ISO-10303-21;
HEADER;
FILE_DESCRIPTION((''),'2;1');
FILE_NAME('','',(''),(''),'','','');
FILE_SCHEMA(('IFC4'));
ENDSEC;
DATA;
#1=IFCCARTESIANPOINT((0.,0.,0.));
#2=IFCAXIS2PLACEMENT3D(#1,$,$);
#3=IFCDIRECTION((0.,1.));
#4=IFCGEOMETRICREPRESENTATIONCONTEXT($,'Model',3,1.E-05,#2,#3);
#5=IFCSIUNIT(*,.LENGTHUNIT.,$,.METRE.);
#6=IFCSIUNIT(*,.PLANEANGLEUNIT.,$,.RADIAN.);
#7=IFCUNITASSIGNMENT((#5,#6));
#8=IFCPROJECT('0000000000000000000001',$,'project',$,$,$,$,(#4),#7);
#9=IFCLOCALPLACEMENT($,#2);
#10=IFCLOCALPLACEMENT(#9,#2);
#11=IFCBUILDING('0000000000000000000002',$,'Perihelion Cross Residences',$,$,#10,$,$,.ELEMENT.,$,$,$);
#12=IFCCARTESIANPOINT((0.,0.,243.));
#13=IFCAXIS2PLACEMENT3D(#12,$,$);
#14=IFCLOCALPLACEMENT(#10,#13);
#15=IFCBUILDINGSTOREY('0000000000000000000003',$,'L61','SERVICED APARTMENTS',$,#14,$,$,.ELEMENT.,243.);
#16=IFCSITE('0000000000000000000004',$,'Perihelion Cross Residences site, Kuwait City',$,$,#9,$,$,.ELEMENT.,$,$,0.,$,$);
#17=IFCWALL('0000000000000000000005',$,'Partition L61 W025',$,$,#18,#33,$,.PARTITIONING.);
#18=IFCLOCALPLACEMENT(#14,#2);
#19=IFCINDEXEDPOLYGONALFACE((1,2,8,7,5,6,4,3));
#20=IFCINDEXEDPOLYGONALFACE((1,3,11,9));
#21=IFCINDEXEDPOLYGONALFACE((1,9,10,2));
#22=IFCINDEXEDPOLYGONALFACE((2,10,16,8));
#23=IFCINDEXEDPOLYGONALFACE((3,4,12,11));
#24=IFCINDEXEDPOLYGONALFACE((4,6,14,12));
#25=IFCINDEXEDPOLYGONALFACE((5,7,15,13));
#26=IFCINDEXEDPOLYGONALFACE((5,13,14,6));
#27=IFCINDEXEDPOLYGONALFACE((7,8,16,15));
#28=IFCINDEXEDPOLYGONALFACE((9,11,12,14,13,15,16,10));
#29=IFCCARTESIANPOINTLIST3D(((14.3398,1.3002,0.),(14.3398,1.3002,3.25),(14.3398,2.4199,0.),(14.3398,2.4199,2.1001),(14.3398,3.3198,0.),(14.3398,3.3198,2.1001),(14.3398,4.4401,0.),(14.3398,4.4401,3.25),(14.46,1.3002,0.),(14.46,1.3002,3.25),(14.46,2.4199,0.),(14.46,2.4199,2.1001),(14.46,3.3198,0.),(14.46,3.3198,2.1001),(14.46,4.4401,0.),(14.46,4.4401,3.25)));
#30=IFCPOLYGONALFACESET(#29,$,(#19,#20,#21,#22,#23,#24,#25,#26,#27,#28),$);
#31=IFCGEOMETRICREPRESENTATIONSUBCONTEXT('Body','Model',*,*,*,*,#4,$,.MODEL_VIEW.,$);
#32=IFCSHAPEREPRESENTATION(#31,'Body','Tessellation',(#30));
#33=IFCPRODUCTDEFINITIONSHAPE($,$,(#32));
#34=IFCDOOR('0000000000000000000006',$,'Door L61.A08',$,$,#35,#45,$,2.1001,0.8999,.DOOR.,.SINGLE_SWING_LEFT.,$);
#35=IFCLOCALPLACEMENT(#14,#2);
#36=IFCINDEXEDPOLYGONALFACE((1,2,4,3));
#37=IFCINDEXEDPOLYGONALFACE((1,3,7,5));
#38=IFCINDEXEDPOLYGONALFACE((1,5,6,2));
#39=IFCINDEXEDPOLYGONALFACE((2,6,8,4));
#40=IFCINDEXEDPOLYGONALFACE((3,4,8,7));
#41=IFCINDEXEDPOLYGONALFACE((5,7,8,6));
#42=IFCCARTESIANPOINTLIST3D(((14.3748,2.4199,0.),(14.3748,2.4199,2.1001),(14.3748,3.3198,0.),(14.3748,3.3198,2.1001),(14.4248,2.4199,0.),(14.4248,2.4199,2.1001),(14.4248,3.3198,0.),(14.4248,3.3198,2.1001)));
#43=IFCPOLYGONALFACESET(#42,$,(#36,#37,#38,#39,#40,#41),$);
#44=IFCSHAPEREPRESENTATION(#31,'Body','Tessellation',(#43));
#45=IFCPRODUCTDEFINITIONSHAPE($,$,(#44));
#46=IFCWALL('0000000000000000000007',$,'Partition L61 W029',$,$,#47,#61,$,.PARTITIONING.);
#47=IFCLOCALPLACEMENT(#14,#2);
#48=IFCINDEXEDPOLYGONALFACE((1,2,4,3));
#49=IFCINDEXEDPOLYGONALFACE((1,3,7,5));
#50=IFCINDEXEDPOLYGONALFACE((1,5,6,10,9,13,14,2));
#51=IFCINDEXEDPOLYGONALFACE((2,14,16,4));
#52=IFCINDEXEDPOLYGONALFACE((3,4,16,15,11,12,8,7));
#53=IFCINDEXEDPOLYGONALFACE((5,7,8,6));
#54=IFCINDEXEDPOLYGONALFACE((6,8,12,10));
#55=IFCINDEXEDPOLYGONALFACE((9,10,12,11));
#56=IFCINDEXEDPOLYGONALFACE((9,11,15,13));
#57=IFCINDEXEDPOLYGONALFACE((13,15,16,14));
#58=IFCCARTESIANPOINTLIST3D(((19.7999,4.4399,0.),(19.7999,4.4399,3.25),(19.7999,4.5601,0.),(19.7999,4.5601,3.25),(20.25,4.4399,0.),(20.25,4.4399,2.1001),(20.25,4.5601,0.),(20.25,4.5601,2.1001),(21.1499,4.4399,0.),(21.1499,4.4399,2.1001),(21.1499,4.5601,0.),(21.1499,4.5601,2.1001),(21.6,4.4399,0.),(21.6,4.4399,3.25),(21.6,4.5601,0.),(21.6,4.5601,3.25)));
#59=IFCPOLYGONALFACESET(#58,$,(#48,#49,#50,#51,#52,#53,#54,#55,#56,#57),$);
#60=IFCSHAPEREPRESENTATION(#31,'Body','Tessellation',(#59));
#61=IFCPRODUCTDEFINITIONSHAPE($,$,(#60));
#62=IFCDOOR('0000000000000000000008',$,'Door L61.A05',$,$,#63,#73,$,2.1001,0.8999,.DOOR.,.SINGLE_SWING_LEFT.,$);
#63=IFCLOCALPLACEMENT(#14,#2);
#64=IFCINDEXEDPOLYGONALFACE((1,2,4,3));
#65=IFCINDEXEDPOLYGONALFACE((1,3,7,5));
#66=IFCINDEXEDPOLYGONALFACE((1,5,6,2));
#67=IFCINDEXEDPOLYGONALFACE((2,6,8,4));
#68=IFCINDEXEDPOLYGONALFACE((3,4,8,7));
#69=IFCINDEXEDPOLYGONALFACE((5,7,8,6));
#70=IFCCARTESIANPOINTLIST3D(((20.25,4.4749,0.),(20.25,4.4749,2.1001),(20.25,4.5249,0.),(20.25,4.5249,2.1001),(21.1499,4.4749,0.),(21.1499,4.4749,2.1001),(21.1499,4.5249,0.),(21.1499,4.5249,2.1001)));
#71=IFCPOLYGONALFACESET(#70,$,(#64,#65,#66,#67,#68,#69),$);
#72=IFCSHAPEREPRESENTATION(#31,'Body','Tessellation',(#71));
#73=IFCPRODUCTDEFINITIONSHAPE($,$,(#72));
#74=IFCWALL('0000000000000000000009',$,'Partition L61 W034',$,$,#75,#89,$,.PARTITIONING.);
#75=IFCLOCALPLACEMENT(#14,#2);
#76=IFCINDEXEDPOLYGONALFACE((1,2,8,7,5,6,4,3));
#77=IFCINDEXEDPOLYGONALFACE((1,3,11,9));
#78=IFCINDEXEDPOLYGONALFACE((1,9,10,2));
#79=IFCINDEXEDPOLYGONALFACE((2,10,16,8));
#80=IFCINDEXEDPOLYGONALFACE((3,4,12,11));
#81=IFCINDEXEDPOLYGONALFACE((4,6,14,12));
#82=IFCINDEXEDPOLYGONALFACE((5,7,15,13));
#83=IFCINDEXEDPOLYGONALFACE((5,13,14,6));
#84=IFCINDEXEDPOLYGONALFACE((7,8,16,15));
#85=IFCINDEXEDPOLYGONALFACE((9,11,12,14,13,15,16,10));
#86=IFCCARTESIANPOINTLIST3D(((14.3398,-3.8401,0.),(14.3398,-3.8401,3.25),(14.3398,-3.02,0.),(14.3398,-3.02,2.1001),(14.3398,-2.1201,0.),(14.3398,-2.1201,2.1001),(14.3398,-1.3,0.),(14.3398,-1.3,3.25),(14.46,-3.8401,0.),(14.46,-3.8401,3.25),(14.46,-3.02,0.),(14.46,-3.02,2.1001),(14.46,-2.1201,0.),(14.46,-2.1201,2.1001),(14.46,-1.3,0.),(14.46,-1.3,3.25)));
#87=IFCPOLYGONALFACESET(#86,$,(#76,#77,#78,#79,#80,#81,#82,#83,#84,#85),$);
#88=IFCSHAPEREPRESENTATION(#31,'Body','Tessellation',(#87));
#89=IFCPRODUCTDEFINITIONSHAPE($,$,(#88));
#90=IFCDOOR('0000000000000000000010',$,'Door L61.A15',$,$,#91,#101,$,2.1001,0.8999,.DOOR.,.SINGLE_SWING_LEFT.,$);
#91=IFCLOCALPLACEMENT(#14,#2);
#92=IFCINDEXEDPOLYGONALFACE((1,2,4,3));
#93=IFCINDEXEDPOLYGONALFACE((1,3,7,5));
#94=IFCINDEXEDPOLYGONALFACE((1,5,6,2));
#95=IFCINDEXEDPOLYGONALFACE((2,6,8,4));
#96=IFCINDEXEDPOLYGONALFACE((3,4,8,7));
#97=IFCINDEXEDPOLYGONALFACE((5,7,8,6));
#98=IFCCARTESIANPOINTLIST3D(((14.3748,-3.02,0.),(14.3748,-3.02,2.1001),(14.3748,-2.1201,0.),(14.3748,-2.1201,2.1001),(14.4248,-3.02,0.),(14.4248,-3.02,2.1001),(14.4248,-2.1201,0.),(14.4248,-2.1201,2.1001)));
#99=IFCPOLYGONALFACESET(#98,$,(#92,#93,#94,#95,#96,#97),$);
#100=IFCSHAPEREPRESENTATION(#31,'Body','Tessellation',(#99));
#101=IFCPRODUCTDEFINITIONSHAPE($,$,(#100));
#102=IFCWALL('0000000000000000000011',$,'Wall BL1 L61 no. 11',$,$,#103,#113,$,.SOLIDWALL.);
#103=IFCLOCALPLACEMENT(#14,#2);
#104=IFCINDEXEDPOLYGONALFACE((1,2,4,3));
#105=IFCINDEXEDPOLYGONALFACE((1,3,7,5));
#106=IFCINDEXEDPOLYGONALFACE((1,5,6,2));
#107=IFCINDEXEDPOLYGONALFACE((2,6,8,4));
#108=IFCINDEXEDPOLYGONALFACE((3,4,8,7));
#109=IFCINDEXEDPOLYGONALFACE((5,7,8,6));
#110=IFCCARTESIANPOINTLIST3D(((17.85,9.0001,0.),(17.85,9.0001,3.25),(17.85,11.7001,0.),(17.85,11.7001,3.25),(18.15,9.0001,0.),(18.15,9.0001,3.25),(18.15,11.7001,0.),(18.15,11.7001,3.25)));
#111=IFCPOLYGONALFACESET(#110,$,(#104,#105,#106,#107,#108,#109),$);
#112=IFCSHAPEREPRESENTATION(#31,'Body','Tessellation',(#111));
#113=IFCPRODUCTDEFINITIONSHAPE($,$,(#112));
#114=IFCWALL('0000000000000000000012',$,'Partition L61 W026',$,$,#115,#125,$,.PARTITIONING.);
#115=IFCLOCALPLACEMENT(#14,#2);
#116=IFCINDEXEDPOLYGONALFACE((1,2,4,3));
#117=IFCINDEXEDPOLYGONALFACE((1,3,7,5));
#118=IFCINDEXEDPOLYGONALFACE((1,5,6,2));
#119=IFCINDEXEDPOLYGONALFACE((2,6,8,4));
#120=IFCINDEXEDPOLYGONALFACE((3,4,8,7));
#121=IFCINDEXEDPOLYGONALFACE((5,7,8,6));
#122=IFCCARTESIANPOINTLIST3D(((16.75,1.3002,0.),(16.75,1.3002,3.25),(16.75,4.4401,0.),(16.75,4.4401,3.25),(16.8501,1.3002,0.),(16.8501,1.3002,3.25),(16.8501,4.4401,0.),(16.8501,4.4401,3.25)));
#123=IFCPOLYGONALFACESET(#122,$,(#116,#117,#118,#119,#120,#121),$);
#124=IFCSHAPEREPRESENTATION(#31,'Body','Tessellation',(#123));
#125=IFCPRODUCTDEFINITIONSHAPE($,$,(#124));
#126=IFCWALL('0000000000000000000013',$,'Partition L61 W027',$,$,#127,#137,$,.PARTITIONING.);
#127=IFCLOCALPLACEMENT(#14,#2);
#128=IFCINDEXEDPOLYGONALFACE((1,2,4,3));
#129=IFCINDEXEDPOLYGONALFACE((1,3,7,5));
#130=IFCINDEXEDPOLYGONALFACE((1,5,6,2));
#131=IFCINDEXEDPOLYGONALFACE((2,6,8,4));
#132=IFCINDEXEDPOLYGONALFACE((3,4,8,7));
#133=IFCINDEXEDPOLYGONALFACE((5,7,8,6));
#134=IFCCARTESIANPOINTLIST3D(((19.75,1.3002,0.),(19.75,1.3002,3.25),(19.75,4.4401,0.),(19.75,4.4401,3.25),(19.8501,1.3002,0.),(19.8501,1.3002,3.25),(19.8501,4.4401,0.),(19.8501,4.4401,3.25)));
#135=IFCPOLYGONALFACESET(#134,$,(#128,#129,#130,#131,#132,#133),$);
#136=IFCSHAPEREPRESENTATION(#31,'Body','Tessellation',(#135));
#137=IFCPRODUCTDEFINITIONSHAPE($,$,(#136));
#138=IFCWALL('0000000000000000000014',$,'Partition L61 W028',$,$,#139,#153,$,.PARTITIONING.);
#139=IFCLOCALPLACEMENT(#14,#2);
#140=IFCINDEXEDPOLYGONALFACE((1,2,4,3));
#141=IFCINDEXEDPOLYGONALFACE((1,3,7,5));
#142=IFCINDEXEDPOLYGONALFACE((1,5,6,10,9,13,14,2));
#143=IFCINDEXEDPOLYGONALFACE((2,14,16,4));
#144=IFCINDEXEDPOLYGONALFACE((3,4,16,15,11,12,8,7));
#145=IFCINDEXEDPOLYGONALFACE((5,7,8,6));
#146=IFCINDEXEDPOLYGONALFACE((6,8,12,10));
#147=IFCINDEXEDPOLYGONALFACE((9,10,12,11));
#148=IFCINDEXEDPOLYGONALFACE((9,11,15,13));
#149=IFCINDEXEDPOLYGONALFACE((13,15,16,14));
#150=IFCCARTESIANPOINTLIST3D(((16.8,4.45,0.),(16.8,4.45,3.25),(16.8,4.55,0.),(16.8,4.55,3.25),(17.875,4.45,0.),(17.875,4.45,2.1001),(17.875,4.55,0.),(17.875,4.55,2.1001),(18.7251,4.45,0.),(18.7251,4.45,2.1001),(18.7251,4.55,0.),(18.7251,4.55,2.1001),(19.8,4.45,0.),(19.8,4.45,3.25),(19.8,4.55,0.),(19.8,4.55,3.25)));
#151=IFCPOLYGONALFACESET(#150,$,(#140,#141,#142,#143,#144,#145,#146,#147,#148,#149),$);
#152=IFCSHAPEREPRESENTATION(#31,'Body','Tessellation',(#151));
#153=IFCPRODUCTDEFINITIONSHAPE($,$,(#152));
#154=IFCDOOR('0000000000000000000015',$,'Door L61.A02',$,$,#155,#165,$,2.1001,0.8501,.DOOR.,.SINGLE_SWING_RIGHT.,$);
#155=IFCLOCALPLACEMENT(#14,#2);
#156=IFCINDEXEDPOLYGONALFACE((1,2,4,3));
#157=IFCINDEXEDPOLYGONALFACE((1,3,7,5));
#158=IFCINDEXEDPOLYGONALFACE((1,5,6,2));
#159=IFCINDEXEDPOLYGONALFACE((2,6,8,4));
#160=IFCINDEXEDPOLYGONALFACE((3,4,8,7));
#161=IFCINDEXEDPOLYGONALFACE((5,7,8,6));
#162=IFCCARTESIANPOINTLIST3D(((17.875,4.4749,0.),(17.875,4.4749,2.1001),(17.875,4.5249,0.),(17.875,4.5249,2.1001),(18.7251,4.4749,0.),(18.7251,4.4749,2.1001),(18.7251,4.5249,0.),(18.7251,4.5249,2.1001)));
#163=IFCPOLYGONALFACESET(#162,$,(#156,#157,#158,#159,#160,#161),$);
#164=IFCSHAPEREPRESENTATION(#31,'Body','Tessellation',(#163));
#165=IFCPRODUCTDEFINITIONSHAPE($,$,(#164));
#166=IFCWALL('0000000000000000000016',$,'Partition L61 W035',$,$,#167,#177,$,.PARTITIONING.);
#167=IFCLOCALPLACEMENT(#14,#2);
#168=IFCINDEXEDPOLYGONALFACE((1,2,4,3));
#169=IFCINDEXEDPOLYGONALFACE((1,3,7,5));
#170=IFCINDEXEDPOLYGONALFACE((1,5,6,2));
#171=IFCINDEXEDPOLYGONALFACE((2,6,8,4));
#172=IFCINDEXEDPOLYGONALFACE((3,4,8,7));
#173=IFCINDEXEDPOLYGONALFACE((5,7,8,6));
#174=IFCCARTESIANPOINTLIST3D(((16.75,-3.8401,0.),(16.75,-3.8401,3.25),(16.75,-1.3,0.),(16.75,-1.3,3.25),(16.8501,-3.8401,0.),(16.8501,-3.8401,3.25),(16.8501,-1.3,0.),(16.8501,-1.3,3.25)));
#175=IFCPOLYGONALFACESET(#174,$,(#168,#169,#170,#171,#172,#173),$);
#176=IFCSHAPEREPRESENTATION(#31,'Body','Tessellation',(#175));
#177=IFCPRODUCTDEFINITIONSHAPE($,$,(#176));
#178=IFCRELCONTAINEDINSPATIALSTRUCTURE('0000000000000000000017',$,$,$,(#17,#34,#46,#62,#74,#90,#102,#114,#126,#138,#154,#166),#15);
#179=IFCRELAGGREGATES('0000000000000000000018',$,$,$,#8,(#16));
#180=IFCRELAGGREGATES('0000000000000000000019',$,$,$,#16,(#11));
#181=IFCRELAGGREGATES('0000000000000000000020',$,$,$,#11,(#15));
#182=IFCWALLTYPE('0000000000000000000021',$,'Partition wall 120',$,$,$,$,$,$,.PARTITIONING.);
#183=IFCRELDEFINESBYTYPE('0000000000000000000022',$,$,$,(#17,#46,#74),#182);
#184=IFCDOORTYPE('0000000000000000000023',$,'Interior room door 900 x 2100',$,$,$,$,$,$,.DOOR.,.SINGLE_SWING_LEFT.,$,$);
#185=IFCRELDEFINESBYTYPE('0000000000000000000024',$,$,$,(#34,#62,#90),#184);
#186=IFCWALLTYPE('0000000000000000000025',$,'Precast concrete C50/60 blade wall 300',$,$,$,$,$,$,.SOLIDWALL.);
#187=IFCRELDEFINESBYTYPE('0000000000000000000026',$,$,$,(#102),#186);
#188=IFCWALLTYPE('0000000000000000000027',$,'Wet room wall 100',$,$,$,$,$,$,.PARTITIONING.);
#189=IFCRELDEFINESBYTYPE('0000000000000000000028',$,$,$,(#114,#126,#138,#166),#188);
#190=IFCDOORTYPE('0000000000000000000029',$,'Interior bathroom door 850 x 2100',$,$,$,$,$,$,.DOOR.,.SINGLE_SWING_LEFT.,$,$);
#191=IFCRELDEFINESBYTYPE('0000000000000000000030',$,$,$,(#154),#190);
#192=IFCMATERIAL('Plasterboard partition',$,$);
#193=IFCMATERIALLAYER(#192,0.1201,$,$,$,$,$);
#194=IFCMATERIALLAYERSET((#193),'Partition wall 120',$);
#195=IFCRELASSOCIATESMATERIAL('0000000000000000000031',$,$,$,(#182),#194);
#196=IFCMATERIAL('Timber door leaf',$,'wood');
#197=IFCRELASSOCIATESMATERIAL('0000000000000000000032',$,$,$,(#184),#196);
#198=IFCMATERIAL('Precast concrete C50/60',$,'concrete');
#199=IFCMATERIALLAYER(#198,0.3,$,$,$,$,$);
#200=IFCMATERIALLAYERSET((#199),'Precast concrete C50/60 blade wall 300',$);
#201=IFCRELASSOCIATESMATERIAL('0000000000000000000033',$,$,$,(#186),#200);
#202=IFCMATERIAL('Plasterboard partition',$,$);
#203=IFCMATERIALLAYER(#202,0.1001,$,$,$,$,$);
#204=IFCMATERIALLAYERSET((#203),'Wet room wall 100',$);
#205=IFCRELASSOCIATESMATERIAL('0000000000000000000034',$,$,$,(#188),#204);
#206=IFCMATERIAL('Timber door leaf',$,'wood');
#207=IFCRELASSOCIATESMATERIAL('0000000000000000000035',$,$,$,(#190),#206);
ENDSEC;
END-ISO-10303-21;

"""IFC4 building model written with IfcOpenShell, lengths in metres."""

from ifc_helpers import new_model, si_unit, direction, frame, frame_2d, origin, place, context, subcontext, project, spatial, rectangle, extrude, material, layer, layer_set, type_object, element, fill, save


model = new_model("IFC4")

# Units and contexts
model_context = context("Model", 3, precision=1e-05, world=origin(), true_north=direction((0.0, 1.0)))
body_context = subcontext(model_context, "Body", "Model", "MODEL_VIEW")
ifc_project = project(units=[si_unit("LENGTHUNIT", "METRE"), si_unit("PLANEANGLEUNIT", "RADIAN")], contexts=[model_context])

# Site, building, storey
site_placement = place(None, origin())
site = spatial("IfcSite", under=ifc_project, at=site_placement, Name="Perihelion Cross Residences site, Kuwait City", CompositionType="ELEMENT", RefElevation=0.0)
building_placement = place(site_placement, origin())
building = spatial("IfcBuilding", under=site, at=building_placement, Name="Perihelion Cross Residences", CompositionType="ELEMENT")
storey_placement = place(building_placement, frame((0.0, 0.0, 243.0)))
storey = spatial("IfcBuildingStorey", under=building, at=storey_placement, Name="L61", Description="SERVICED APARTMENTS", CompositionType="ELEMENT", Elevation=243.0)

# Walls, openings, doors
ifc_material_1 = material(Name="Plasterboard partition")
ifc_layer_1 = layer(ifc_material_1, 0.1201)
ifc_layer_set_1 = layer_set([ifc_layer_1], Name="Partition wall 120")
wall_type_1 = type_object("IfcWallType", Name="Partition wall 120", PredefinedType="PARTITIONING", material=ifc_layer_set_1)
wall_1_placement = place(storey_placement, frame((14.3999, 4.4399, 0.0), z_axis=(0.0, 0.0, 1.0), x_axis=(0.0, -1.0, 0.0)))
wall_1 = element("IfcWall", 1, at=wall_1_placement, inside=storey, type_object=wall_type_1, Name="Partition L61 W025", PredefinedType="PARTITIONING", context=body_context, shape_type="SweptSolid", body=[
    extrude(rectangle(XDim=3.1399, YDim=0.1201, at=frame_2d((1.5698, 0.0))), origin(), (0.0, 0.0, 1.0), 3.25),
])
opening_1_placement = place(wall_1_placement, frame((1.1201, 0.0, 0.0)))
opening_1 = element("IfcOpeningElement", 2, at=opening_1_placement, cuts=wall_1, PredefinedType="OPENING", context=body_context, shape_type="SweptSolid", body=[
    extrude(rectangle(XDim=0.8999, YDim=2.1001, at=frame_2d((0.45, 1.05))), frame((0.0, 0.0701, 0.0), z_axis=(0.0, -1.0, 0.0), x_axis=(1.0, 0.0, 0.0)), (0.0, 0.0, 1.0), 0.1401),
])
ifc_material_2 = material(Name="Timber door leaf", Category="wood")
door_type_1 = type_object("IfcDoorType", Name="Interior room door 900 x 2100", OperationType="SINGLE_SWING_LEFT", PredefinedType="DOOR", material=ifc_material_2)
door_1_placement = place(opening_1_placement, origin())
door_1 = element("IfcDoor", 3, at=door_1_placement, inside=storey, type_object=door_type_1, Name="Door L61.A08", OperationType="SINGLE_SWING_LEFT", OverallHeight=2.1001, OverallWidth=0.8999, PredefinedType="DOOR", context=body_context, shape_type="SweptSolid", body=[
    extrude(rectangle(XDim=0.8999, YDim=2.1001, at=frame_2d((0.45, 1.05))), frame((0.0, 0.0249, 0.0), z_axis=(0.0, -1.0, 0.0), x_axis=(1.0, 0.0, 0.0)), (0.0, 0.0, 1.0), 0.05),
])
fill(opening_1, door_1)
wall_2_placement = place(storey_placement, frame((19.8, 4.5, 0.0), z_axis=(0.0, 0.0, 1.0), x_axis=(1.0, 0.0, 0.0)))
wall_2 = element("IfcWall", 4, at=wall_2_placement, inside=storey, type_object=wall_type_1, Name="Partition L61 W029", PredefinedType="PARTITIONING", context=body_context, shape_type="SweptSolid", body=[
    extrude(rectangle(XDim=1.8, YDim=0.1201, at=frame_2d((0.8999, 0.0))), origin(), (0.0, 0.0, 1.0), 3.25),
])
opening_2_placement = place(wall_2_placement, frame((0.45, 0.0, 0.0)))
opening_2 = element("IfcOpeningElement", 5, at=opening_2_placement, cuts=wall_2, PredefinedType="OPENING", context=body_context, shape_type="SweptSolid", body=[
    extrude(rectangle(XDim=0.8999, YDim=2.1001, at=frame_2d((0.45, 1.05))), frame((0.0, 0.0701, 0.0), z_axis=(0.0, -1.0, 0.0), x_axis=(1.0, 0.0, 0.0)), (0.0, 0.0, 1.0), 0.1401),
])
door_2_placement = place(opening_2_placement, origin())
door_2 = element("IfcDoor", 6, at=door_2_placement, inside=storey, type_object=door_type_1, Name="Door L61.A05", OperationType="SINGLE_SWING_LEFT", OverallHeight=2.1001, OverallWidth=0.8999, PredefinedType="DOOR", context=body_context, shape_type="SweptSolid", body=[
    extrude(rectangle(XDim=0.8999, YDim=2.1001, at=frame_2d((0.45, 1.05))), frame((0.0, 0.0249, 0.0), z_axis=(0.0, -1.0, 0.0), x_axis=(1.0, 0.0, 0.0)), (0.0, 0.0, 1.0), 0.05),
])
fill(opening_2, door_2)
wall_3_placement = place(storey_placement, frame((14.3999, -1.3, 0.0), z_axis=(0.0, 0.0, 1.0), x_axis=(0.0, -1.0, 0.0)))
wall_3 = element("IfcWall", 7, at=wall_3_placement, inside=storey, type_object=wall_type_1, Name="Partition L61 W034", PredefinedType="PARTITIONING", context=body_context, shape_type="SweptSolid", body=[
    extrude(rectangle(XDim=2.54, YDim=0.1201, at=frame_2d((1.27, 0.0))), origin(), (0.0, 0.0, 1.0), 3.25),
])
opening_3_placement = place(wall_3_placement, frame((0.8201, 0.0, 0.0)))
opening_3 = element("IfcOpeningElement", 8, at=opening_3_placement, cuts=wall_3, PredefinedType="OPENING", context=body_context, shape_type="SweptSolid", body=[
    extrude(rectangle(XDim=0.8999, YDim=2.1001, at=frame_2d((0.45, 1.05))), frame((0.0, 0.0701, 0.0), z_axis=(0.0, -1.0, 0.0), x_axis=(1.0, 0.0, 0.0)), (0.0, 0.0, 1.0), 0.1401),
])
door_3_placement = place(opening_3_placement, origin())
door_3 = element("IfcDoor", 9, at=door_3_placement, inside=storey, type_object=door_type_1, Name="Door L61.A15", OperationType="SINGLE_SWING_LEFT", OverallHeight=2.1001, OverallWidth=0.8999, PredefinedType="DOOR", context=body_context, shape_type="SweptSolid", body=[
    extrude(rectangle(XDim=0.8999, YDim=2.1001, at=frame_2d((0.45, 1.05))), frame((0.0, 0.0249, 0.0), z_axis=(0.0, -1.0, 0.0), x_axis=(1.0, 0.0, 0.0)), (0.0, 0.0, 1.0), 0.05),
])
fill(opening_3, door_3)

# Walls
ifc_material_3 = material(Name="Precast concrete C50/60", Category="concrete")
ifc_layer_2 = layer(ifc_material_3, 0.3)
ifc_layer_set_2 = layer_set([ifc_layer_2], Name="Precast concrete C50/60 blade wall 300")
wall_type_2 = type_object("IfcWallType", Name="Precast concrete C50/60 blade wall 300", PredefinedType="SOLIDWALL", material=ifc_layer_set_2)
wall_4_placement = place(storey_placement, frame((18.0, 9.0, 0.0), z_axis=(0.0, 0.0, 1.0), x_axis=(0.0, 1.0, 0.0)))
element("IfcWall", 10, at=wall_4_placement, inside=storey, type_object=wall_type_2, Name="Wall BL1 L61 no. 11", PredefinedType="SOLIDWALL", context=body_context, shape_type="SweptSolid", body=[
    extrude(rectangle(XDim=2.7, YDim=0.3, at=frame_2d((1.3501, 0.0))), origin(), (0.0, 0.0, 1.0), 3.25),
])
ifc_material_4 = material(Name="Plasterboard partition")
ifc_layer_3 = layer(ifc_material_4, 0.1001)
ifc_layer_set_3 = layer_set([ifc_layer_3], Name="Wet room wall 100")
wall_type_3 = type_object("IfcWallType", Name="Wet room wall 100", PredefinedType="PARTITIONING", material=ifc_layer_set_3)
for number, where, z_axis, x_axis, name in (
    (11, (16.8, 4.4399, 0.0), (0.0, 0.0, 1.0), (0.0, -1.0, 0.0), "Partition L61 W026"),
    (12, (19.8, 4.4399, 0.0), (0.0, 0.0, 1.0), (0.0, -1.0, 0.0), "Partition L61 W027"),
):
    element("IfcWall", number, at=place(storey_placement, frame(where, z_axis=z_axis, x_axis=x_axis)), inside=storey, type_object=wall_type_3, Name=name, PredefinedType="PARTITIONING", context=body_context, shape_type="SweptSolid", body=[
        extrude(rectangle(XDim=3.1399, YDim=0.1001, at=frame_2d((1.5698, 0.0))), origin(), (0.0, 0.0, 1.0), 3.25),
    ])

# Wall, opening, door
wall_5_placement = place(storey_placement, frame((16.8, 4.5, 0.0), z_axis=(0.0, 0.0, 1.0), x_axis=(1.0, 0.0, 0.0)))
wall_5 = element("IfcWall", 13, at=wall_5_placement, inside=storey, type_object=wall_type_3, Name="Partition L61 W028", PredefinedType="PARTITIONING", context=body_context, shape_type="SweptSolid", body=[
    extrude(rectangle(XDim=3.0, YDim=0.1001, at=frame_2d((1.5, 0.0))), origin(), (0.0, 0.0, 1.0), 3.25),
])
opening_4_placement = place(wall_5_placement, frame((1.075, 0.0, 0.0)))
opening_4 = element("IfcOpeningElement", 14, at=opening_4_placement, cuts=wall_5, PredefinedType="OPENING", context=body_context, shape_type="SweptSolid", body=[
    extrude(rectangle(XDim=0.8501, YDim=2.1001, at=frame_2d((0.425, 1.05))), frame((0.0, 0.0601, 0.0), z_axis=(0.0, -1.0, 0.0), x_axis=(1.0, 0.0, 0.0)), (0.0, 0.0, 1.0), 0.1201),
])
ifc_material_5 = material(Name="Timber door leaf", Category="wood")
door_type_2 = type_object("IfcDoorType", Name="Interior bathroom door 850 x 2100", OperationType="SINGLE_SWING_LEFT", PredefinedType="DOOR", material=ifc_material_5)
door_4_placement = place(opening_4_placement, origin())
door_4 = element("IfcDoor", 15, at=door_4_placement, inside=storey, type_object=door_type_2, Name="Door L61.A02", OperationType="SINGLE_SWING_RIGHT", OverallHeight=2.1001, OverallWidth=0.8501, PredefinedType="DOOR", context=body_context, shape_type="SweptSolid", body=[
    extrude(rectangle(XDim=0.8501, YDim=2.1001, at=frame_2d((0.425, 1.05))), frame((0.0, 0.0249, 0.0), z_axis=(0.0, -1.0, 0.0), x_axis=(1.0, 0.0, 0.0)), (0.0, 0.0, 1.0), 0.05),
])
fill(opening_4, door_4)

# Wall
for number, where, z_axis, x_axis, name in (
    (16, (16.8, -1.3, 0.0), (0.0, 0.0, 1.0), (0.0, -1.0, 0.0), "Partition L61 W035"),
):
    element("IfcWall", number, at=place(storey_placement, frame(where, z_axis=z_axis, x_axis=x_axis)), inside=storey, type_object=wall_type_3, Name=name, PredefinedType="PARTITIONING", context=body_context, shape_type="SweptSolid", body=[
        extrude(rectangle(XDim=2.54, YDim=0.1001, at=frame_2d((1.27, 0.0))), origin(), (0.0, 0.0, 1.0), 3.25),
    ])

save(model, "model.ifc")
